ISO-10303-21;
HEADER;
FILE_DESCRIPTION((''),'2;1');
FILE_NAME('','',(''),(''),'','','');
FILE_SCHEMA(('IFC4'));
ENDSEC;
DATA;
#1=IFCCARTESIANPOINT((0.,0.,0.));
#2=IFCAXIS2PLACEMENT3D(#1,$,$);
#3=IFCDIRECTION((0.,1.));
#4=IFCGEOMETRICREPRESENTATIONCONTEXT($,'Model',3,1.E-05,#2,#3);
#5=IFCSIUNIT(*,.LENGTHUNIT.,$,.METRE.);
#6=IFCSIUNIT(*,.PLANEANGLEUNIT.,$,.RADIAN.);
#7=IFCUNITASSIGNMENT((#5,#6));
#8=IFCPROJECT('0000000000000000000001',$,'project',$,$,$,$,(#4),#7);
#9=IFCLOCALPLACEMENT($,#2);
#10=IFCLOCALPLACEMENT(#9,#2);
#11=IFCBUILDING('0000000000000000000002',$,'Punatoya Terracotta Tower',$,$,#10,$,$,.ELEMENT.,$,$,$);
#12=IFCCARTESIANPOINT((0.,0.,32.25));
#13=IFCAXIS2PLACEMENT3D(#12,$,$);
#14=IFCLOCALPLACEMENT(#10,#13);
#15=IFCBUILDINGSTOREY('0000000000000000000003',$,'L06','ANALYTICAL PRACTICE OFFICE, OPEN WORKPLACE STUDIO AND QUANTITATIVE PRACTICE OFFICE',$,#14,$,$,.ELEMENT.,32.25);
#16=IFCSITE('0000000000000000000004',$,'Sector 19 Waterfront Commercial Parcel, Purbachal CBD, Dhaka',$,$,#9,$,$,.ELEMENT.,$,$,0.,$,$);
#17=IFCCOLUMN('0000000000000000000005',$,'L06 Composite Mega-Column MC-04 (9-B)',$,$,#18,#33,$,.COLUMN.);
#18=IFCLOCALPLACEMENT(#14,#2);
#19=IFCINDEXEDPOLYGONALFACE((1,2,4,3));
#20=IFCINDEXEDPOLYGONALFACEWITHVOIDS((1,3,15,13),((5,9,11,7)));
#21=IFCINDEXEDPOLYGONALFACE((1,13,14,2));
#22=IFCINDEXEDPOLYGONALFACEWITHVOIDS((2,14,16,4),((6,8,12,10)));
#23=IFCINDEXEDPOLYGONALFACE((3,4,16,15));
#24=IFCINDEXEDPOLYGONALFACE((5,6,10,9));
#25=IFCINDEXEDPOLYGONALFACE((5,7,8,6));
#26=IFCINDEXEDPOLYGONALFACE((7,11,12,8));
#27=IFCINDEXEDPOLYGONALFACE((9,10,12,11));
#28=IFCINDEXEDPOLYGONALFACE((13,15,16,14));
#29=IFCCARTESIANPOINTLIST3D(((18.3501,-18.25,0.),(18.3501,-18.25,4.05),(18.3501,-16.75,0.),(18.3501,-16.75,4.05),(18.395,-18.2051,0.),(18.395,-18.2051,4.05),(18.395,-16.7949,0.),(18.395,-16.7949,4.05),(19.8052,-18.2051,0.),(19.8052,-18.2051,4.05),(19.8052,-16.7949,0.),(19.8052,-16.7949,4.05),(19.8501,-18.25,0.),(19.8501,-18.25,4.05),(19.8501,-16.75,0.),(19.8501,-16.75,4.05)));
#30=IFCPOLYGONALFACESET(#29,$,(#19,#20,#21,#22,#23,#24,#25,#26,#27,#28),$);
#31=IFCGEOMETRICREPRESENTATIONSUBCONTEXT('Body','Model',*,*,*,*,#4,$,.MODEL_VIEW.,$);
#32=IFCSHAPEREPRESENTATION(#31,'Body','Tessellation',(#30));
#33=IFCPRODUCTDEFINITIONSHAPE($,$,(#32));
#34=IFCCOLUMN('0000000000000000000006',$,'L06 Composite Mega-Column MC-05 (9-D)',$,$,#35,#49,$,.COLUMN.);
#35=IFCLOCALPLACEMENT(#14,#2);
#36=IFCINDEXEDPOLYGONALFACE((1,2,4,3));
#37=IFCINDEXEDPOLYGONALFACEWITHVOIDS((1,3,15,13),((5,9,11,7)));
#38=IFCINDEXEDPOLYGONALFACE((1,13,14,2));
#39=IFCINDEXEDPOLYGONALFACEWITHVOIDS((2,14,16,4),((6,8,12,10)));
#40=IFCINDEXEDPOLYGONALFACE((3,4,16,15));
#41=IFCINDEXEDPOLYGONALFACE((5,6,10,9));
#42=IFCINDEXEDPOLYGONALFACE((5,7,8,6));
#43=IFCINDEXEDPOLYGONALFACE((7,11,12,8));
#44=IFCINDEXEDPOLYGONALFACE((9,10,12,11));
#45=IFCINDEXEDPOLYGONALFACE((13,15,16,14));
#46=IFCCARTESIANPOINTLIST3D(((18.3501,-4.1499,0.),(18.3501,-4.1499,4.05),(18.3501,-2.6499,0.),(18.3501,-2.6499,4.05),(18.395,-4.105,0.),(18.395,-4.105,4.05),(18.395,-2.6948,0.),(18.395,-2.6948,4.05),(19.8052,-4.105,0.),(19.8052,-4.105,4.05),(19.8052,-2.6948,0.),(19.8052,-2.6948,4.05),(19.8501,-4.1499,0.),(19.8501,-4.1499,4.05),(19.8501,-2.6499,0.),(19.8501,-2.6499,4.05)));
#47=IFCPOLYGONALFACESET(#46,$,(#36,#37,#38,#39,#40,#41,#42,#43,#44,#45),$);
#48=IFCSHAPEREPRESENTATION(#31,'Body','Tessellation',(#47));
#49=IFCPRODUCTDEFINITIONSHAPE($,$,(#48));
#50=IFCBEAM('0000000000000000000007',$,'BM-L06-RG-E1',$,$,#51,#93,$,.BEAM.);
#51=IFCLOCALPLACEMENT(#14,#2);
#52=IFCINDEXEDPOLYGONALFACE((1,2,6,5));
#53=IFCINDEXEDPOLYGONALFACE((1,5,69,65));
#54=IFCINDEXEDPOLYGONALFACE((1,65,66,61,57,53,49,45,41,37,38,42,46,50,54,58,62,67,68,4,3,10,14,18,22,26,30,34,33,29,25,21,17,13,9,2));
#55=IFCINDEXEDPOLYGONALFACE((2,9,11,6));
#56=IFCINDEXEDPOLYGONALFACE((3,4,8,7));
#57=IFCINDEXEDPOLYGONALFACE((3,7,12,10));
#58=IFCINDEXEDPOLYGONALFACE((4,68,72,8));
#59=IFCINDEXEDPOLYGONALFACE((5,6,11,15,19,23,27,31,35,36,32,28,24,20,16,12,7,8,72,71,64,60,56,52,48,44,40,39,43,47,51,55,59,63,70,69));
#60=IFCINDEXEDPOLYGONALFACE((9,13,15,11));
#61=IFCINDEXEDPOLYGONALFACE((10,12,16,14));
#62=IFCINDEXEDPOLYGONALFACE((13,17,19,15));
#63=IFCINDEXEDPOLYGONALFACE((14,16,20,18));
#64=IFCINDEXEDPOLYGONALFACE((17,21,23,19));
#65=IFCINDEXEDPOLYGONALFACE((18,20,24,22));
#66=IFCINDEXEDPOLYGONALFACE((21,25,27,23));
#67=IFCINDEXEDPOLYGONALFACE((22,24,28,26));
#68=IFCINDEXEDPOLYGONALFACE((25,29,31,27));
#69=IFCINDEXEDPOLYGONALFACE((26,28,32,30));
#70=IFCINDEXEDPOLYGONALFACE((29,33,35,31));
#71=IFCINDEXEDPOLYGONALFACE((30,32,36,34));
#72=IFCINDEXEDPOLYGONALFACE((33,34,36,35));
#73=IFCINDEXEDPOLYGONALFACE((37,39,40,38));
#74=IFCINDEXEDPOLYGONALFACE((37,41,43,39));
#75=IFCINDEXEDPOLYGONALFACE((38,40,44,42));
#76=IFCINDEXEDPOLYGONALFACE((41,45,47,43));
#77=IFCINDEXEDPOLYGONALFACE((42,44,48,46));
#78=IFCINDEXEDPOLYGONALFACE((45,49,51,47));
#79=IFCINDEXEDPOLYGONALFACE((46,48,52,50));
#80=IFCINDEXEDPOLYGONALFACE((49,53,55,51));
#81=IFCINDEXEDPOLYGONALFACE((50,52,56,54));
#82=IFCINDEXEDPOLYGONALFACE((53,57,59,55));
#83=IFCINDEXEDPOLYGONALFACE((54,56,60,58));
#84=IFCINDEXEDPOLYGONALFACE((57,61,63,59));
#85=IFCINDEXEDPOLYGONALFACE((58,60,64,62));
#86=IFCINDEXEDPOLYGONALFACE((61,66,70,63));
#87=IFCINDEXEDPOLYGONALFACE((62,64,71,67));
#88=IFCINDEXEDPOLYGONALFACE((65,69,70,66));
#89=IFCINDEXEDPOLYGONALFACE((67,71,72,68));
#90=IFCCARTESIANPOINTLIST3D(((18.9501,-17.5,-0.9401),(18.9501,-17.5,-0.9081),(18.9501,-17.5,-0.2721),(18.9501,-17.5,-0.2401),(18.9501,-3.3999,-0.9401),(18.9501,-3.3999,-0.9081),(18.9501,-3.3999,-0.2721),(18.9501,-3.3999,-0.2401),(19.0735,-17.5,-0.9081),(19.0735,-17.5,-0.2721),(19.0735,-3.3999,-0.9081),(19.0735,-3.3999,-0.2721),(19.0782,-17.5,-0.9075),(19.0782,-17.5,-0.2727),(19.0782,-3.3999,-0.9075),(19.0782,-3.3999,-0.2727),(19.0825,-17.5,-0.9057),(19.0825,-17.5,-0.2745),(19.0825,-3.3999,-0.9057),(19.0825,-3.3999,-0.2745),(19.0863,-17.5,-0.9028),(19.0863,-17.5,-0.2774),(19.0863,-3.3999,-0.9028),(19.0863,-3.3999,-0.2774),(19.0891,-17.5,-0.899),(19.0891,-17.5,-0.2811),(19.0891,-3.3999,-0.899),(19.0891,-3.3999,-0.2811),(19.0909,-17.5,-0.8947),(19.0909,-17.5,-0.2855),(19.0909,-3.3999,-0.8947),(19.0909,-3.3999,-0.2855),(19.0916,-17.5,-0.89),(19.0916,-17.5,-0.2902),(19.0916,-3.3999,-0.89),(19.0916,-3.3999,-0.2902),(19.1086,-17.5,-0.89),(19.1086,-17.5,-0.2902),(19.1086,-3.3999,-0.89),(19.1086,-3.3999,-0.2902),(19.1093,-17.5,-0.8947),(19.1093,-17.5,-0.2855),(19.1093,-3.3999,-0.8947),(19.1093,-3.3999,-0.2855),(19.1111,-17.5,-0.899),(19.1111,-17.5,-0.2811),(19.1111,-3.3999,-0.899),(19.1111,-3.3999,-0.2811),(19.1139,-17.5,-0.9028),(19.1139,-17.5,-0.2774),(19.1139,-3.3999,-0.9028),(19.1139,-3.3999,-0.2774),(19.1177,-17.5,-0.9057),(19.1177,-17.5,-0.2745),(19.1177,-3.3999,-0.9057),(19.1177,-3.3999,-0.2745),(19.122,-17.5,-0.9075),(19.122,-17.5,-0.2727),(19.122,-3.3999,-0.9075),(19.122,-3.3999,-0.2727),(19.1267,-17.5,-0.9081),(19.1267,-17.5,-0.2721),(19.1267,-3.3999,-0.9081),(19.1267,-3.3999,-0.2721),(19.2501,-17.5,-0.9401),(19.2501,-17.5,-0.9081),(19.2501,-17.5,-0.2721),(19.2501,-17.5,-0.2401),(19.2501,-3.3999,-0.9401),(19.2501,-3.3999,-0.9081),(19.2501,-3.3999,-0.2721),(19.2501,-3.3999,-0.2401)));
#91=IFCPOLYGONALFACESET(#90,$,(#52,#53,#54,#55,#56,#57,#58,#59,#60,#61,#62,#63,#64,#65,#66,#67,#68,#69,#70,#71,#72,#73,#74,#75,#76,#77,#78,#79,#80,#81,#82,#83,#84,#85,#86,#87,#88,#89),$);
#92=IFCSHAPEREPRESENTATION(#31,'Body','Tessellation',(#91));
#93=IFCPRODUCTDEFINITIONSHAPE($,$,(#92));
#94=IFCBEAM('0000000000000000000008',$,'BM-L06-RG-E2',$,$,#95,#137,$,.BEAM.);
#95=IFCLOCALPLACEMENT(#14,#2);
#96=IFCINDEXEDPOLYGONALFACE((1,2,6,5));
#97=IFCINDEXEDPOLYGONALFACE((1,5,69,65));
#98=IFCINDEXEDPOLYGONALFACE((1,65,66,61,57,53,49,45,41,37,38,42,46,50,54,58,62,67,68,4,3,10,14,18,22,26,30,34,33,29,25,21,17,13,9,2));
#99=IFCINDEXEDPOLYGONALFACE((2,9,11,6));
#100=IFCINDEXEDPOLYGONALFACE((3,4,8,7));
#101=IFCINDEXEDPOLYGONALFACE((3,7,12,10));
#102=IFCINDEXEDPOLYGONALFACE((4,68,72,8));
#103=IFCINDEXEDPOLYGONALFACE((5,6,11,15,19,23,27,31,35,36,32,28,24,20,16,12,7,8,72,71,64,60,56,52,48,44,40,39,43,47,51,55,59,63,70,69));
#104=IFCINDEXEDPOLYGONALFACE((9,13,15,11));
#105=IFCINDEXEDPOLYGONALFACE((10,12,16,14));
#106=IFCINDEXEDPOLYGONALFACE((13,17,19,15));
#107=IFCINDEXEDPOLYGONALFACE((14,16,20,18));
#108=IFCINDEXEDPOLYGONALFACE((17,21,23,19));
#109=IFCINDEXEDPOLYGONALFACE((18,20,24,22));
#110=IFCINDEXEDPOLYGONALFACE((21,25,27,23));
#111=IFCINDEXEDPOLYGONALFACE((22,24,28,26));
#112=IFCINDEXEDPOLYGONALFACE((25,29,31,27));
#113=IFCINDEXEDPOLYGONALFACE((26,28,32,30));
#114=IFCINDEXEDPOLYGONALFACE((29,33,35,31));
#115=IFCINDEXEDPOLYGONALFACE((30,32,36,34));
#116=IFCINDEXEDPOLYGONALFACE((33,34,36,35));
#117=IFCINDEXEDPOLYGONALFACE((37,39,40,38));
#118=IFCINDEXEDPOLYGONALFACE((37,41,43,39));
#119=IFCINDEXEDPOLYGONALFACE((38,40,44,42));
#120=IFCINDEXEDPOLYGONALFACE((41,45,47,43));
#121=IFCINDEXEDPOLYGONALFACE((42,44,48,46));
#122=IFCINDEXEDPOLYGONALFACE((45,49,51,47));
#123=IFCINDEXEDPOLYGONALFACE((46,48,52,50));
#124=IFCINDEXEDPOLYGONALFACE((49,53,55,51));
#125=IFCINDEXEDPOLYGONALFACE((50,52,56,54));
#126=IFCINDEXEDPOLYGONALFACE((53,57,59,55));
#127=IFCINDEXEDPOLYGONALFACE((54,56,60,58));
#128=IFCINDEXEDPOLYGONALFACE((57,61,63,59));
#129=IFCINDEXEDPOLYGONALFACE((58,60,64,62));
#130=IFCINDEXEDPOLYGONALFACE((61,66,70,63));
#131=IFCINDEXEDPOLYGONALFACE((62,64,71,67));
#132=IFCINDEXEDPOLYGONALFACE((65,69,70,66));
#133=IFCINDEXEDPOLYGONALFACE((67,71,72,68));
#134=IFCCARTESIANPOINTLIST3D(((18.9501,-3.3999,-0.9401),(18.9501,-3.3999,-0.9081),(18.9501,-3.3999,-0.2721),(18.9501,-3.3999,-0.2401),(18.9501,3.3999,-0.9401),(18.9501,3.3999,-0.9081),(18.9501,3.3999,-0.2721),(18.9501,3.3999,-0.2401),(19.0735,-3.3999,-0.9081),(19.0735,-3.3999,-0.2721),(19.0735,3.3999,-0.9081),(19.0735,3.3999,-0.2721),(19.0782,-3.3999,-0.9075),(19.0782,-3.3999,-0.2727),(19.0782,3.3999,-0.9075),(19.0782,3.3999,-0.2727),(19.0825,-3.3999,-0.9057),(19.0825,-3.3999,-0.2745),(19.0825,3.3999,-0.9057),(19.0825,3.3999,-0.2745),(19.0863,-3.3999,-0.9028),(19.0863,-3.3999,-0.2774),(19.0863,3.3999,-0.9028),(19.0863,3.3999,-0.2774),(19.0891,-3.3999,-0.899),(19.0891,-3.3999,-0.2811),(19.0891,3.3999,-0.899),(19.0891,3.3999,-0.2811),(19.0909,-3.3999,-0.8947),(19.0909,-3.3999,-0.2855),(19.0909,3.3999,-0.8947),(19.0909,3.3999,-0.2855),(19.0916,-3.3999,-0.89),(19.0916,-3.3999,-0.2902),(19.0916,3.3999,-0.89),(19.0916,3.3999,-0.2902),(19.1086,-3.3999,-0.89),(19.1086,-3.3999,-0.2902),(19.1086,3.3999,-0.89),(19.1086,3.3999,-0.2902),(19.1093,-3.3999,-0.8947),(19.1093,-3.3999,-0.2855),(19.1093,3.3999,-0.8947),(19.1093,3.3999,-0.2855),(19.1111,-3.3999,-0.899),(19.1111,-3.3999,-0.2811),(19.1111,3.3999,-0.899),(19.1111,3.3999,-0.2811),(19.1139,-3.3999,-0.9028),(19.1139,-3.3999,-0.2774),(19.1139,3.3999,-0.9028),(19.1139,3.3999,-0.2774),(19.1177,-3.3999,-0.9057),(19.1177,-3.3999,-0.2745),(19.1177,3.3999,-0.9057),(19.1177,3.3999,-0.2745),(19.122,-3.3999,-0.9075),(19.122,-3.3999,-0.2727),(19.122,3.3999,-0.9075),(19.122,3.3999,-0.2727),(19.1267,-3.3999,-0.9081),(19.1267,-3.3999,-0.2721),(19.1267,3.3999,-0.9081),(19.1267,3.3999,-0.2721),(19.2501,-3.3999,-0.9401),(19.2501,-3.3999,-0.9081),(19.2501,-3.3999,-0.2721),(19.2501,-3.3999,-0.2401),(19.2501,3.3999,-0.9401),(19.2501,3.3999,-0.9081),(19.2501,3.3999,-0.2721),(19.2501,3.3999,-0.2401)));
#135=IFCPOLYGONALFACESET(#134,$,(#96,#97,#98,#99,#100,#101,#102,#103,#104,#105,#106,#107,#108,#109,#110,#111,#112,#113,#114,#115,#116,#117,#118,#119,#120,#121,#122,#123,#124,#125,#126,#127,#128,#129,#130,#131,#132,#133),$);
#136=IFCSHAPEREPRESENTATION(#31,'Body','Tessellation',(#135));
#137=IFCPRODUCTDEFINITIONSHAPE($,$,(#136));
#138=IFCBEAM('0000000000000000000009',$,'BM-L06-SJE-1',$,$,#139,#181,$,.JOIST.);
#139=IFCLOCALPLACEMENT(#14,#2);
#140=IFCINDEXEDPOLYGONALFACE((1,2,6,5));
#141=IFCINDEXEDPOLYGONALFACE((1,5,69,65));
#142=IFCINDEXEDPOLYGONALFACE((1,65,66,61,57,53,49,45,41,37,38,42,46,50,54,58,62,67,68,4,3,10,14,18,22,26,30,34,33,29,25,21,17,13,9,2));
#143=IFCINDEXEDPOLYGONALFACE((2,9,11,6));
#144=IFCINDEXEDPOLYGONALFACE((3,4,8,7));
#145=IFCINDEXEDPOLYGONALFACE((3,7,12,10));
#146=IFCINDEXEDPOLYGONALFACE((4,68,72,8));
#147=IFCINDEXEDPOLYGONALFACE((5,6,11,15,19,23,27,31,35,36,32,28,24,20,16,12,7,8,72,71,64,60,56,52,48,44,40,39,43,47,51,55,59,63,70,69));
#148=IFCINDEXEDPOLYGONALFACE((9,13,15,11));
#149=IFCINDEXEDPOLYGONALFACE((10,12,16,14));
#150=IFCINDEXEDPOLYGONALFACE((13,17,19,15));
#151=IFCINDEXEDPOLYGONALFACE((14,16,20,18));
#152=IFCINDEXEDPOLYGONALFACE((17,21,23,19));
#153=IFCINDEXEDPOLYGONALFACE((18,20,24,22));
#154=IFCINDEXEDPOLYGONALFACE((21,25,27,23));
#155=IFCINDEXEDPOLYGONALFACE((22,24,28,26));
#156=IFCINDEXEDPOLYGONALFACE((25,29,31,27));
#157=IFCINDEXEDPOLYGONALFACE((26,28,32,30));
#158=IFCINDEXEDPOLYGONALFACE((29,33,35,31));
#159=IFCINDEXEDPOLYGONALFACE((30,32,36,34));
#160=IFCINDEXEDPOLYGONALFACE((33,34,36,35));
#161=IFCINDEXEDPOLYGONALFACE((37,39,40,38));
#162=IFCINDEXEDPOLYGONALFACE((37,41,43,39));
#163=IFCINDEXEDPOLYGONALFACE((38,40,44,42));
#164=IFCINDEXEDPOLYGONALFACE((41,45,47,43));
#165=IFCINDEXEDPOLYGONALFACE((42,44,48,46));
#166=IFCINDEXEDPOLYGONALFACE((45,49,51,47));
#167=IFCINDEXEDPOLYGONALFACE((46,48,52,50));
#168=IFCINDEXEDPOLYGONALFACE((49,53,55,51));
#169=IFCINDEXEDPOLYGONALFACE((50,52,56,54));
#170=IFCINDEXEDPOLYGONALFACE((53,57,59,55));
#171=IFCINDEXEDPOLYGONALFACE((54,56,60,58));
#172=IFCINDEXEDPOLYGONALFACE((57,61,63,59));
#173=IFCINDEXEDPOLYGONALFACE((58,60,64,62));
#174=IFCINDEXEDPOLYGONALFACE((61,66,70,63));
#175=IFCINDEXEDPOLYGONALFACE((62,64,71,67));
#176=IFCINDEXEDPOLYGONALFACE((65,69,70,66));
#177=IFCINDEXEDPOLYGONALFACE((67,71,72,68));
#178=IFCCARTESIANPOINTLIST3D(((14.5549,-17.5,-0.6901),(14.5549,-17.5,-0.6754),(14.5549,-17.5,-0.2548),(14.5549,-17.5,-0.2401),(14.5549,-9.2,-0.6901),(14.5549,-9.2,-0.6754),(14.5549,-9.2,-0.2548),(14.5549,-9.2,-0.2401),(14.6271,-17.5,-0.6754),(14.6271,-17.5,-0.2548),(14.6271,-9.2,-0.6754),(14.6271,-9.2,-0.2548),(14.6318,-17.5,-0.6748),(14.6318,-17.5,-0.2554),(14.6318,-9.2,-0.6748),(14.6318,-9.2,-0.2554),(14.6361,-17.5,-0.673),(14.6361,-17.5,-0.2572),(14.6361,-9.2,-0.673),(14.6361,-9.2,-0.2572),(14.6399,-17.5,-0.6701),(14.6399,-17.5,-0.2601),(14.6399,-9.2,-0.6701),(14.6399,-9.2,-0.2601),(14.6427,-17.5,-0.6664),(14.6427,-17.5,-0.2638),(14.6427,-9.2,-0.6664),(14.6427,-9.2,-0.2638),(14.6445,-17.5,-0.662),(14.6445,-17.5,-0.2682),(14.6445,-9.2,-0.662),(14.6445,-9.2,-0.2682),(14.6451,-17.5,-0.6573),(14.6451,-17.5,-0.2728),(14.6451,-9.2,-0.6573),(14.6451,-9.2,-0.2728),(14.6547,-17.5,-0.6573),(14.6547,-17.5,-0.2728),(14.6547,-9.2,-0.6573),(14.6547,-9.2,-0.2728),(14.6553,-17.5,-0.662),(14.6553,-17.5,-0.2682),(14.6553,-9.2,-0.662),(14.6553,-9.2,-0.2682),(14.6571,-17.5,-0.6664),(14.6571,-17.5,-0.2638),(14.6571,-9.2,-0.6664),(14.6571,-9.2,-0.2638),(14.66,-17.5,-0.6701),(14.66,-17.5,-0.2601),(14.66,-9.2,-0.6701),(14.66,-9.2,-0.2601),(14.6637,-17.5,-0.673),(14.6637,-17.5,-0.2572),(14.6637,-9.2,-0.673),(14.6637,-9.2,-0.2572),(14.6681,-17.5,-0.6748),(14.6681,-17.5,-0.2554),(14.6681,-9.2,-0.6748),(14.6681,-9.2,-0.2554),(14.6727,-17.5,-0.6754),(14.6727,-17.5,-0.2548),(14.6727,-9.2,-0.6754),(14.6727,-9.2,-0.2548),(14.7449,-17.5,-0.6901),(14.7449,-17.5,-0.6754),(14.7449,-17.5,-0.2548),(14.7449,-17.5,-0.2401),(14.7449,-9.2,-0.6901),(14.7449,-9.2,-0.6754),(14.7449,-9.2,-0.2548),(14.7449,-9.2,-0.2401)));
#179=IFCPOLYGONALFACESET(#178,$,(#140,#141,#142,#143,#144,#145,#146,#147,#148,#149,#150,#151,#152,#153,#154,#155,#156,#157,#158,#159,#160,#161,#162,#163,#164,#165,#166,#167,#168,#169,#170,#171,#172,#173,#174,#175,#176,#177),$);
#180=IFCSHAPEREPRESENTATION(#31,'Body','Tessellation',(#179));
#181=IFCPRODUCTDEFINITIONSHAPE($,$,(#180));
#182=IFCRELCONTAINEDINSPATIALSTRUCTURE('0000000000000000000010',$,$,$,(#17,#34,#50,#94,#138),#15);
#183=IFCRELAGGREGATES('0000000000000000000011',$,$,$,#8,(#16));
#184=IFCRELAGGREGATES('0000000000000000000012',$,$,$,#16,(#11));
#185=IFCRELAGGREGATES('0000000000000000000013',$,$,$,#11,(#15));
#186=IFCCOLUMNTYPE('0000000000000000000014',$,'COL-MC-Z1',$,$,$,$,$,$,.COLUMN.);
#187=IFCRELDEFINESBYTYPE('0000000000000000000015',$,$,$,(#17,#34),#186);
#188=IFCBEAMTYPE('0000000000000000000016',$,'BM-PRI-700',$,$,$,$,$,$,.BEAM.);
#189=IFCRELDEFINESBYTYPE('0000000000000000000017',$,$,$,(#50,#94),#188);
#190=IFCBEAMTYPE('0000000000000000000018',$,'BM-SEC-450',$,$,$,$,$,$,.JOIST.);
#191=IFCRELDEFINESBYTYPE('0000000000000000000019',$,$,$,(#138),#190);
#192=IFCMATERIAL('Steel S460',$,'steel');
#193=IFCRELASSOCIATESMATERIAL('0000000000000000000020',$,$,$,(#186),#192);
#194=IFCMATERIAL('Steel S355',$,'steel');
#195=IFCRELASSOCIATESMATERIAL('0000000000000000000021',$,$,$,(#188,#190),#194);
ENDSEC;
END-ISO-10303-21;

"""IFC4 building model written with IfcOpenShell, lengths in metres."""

from ifc_helpers import new_model, si_unit, direction, frame, origin, origin_2d, place, context, subcontext, project, spatial, hollow_rectangle, i_section, extrude, material, material_profile, profile_set, type_object, element, save


model = new_model("IFC4")

# Units and contexts
model_context = context("Model", 3, precision=1e-05, world=origin(), true_north=direction((0.0, 1.0)))
body_context = subcontext(model_context, "Body", "Model", "MODEL_VIEW")
ifc_project = project(units=[si_unit("LENGTHUNIT", "METRE"), si_unit("PLANEANGLEUNIT", "RADIAN")], contexts=[model_context])

# Site, building, storey
site_placement = place(None, origin())
site = spatial("IfcSite", under=ifc_project, at=site_placement, Name="Sector 19 Waterfront Commercial Parcel, Purbachal CBD, Dhaka", CompositionType="ELEMENT", RefElevation=0.0)
building_placement = place(site_placement, origin())
building = spatial("IfcBuilding", under=site, at=building_placement, Name="Punatoya Terracotta Tower", CompositionType="ELEMENT")
storey_placement = place(building_placement, frame((0.0, 0.0, 32.25)))
storey = spatial("IfcBuildingStorey", under=building, at=storey_placement, Name="L06", Description="ANALYTICAL PRACTICE OFFICE, OPEN WORKPLACE STUDIO AND QUANTITATIVE PRACTICE OFFICE", CompositionType="ELEMENT", Elevation=32.25)

# Columns
ifc_material_1 = material(Name="Steel S460", Category="steel")
ifc_material_profile_1 = material_profile(ifc_material_1, hollow_rectangle(XDim=1.5, YDim=1.5, WallThickness=0.0449, at=origin_2d()))
ifc_profile_set_1 = profile_set([ifc_material_profile_1], Name="Steel S460")
column_type = type_object("IfcColumnType", Name="COL-MC-Z1", PredefinedType="COLUMN", material=ifc_profile_set_1)
for number, where, z_axis, x_axis, name in (
    (1, (19.1001, -17.5, 0.0), (0.0, 0.0, 1.0), (1.0, 0.0, 0.0), "L06 Composite Mega-Column MC-04 (9-B)"),
    (2, (19.1001, -3.3999, 0.0), (0.0, 0.0, 1.0), (1.0, 0.0, 0.0), "L06 Composite Mega-Column MC-05 (9-D)"),
):
    element("IfcColumn", number, at=place(storey_placement, frame(where, z_axis=z_axis, x_axis=x_axis)), inside=storey, type_object=column_type, Name=name, PredefinedType="COLUMN", context=body_context, shape_type="SweptSolid", body=[
        extrude(hollow_rectangle(XDim=1.5, YDim=1.5, WallThickness=0.0449, at=origin_2d()), origin(), (0.0, 0.0, 1.0), 4.05),
    ])

# Beams
ifc_material_2 = material(Name="Steel S355", Category="steel")
ifc_material_profile_2 = material_profile(ifc_material_2, i_section(OverallWidth=0.3, OverallDepth=0.7, WebThickness=0.0171, FlangeThickness=0.032, FilletRadius=0.0181, at=origin_2d()))
ifc_profile_set_2 = profile_set([ifc_material_profile_2], Name="Steel S355")
beam_type_1 = type_object("IfcBeamType", Name="BM-PRI-700", PredefinedType="BEAM", material=ifc_profile_set_2)
beam_1_placement = place(storey_placement, frame((19.1001, -17.5, -0.5901), z_axis=(0.0, 1.0, 0.0), x_axis=(-1.0, 0.0, 0.0)))
element("IfcBeam", 3, at=beam_1_placement, inside=storey, type_object=beam_type_1, Name="BM-L06-RG-E1", PredefinedType="BEAM", context=body_context, shape_type="SweptSolid", body=[
    extrude(i_section(OverallWidth=0.3, OverallDepth=0.7, WebThickness=0.0171, FlangeThickness=0.032, FilletRadius=0.0181, at=origin_2d()), origin(), (0.0, 0.0, 1.0), 14.1001),
])
beam_2_placement = place(storey_placement, frame((19.1001, -3.3999, -0.5901), z_axis=(0.0, 1.0, 0.0), x_axis=(-1.0, 0.0, 0.0)))
element("IfcBeam", 4, at=beam_2_placement, inside=storey, type_object=beam_type_1, Name="BM-L06-RG-E2", PredefinedType="BEAM", context=body_context, shape_type="SweptSolid", body=[
    extrude(i_section(OverallWidth=0.3, OverallDepth=0.7, WebThickness=0.0171, FlangeThickness=0.032, FilletRadius=0.0181, at=origin_2d()), origin(), (0.0, 0.0, 1.0), 6.7998),
])
ifc_material_profile_3 = material_profile(ifc_material_2, i_section(OverallWidth=0.1899, OverallDepth=0.45, WebThickness=0.0095, FlangeThickness=0.0146, FilletRadius=0.0181, at=origin_2d()))
ifc_profile_set_3 = profile_set([ifc_material_profile_3], Name="Steel S355")
beam_type_2 = type_object("IfcBeamType", Name="BM-SEC-450", PredefinedType="JOIST", material=ifc_profile_set_3)
beam_3_placement = place(storey_placement, frame((14.6499, -17.5, -0.4651), z_axis=(0.0, 1.0, 0.0), x_axis=(-1.0, 0.0, 0.0)))
element("IfcBeam", 5, at=beam_3_placement, inside=storey, type_object=beam_type_2, Name="BM-L06-SJE-1", PredefinedType="JOIST", context=body_context, shape_type="SweptSolid", body=[
    extrude(i_section(OverallWidth=0.1899, OverallDepth=0.45, WebThickness=0.0095, FlangeThickness=0.0146, FilletRadius=0.0181, at=origin_2d()), origin(), (0.0, 0.0, 1.0), 8.3),
])

save(model, "model.ifc")
